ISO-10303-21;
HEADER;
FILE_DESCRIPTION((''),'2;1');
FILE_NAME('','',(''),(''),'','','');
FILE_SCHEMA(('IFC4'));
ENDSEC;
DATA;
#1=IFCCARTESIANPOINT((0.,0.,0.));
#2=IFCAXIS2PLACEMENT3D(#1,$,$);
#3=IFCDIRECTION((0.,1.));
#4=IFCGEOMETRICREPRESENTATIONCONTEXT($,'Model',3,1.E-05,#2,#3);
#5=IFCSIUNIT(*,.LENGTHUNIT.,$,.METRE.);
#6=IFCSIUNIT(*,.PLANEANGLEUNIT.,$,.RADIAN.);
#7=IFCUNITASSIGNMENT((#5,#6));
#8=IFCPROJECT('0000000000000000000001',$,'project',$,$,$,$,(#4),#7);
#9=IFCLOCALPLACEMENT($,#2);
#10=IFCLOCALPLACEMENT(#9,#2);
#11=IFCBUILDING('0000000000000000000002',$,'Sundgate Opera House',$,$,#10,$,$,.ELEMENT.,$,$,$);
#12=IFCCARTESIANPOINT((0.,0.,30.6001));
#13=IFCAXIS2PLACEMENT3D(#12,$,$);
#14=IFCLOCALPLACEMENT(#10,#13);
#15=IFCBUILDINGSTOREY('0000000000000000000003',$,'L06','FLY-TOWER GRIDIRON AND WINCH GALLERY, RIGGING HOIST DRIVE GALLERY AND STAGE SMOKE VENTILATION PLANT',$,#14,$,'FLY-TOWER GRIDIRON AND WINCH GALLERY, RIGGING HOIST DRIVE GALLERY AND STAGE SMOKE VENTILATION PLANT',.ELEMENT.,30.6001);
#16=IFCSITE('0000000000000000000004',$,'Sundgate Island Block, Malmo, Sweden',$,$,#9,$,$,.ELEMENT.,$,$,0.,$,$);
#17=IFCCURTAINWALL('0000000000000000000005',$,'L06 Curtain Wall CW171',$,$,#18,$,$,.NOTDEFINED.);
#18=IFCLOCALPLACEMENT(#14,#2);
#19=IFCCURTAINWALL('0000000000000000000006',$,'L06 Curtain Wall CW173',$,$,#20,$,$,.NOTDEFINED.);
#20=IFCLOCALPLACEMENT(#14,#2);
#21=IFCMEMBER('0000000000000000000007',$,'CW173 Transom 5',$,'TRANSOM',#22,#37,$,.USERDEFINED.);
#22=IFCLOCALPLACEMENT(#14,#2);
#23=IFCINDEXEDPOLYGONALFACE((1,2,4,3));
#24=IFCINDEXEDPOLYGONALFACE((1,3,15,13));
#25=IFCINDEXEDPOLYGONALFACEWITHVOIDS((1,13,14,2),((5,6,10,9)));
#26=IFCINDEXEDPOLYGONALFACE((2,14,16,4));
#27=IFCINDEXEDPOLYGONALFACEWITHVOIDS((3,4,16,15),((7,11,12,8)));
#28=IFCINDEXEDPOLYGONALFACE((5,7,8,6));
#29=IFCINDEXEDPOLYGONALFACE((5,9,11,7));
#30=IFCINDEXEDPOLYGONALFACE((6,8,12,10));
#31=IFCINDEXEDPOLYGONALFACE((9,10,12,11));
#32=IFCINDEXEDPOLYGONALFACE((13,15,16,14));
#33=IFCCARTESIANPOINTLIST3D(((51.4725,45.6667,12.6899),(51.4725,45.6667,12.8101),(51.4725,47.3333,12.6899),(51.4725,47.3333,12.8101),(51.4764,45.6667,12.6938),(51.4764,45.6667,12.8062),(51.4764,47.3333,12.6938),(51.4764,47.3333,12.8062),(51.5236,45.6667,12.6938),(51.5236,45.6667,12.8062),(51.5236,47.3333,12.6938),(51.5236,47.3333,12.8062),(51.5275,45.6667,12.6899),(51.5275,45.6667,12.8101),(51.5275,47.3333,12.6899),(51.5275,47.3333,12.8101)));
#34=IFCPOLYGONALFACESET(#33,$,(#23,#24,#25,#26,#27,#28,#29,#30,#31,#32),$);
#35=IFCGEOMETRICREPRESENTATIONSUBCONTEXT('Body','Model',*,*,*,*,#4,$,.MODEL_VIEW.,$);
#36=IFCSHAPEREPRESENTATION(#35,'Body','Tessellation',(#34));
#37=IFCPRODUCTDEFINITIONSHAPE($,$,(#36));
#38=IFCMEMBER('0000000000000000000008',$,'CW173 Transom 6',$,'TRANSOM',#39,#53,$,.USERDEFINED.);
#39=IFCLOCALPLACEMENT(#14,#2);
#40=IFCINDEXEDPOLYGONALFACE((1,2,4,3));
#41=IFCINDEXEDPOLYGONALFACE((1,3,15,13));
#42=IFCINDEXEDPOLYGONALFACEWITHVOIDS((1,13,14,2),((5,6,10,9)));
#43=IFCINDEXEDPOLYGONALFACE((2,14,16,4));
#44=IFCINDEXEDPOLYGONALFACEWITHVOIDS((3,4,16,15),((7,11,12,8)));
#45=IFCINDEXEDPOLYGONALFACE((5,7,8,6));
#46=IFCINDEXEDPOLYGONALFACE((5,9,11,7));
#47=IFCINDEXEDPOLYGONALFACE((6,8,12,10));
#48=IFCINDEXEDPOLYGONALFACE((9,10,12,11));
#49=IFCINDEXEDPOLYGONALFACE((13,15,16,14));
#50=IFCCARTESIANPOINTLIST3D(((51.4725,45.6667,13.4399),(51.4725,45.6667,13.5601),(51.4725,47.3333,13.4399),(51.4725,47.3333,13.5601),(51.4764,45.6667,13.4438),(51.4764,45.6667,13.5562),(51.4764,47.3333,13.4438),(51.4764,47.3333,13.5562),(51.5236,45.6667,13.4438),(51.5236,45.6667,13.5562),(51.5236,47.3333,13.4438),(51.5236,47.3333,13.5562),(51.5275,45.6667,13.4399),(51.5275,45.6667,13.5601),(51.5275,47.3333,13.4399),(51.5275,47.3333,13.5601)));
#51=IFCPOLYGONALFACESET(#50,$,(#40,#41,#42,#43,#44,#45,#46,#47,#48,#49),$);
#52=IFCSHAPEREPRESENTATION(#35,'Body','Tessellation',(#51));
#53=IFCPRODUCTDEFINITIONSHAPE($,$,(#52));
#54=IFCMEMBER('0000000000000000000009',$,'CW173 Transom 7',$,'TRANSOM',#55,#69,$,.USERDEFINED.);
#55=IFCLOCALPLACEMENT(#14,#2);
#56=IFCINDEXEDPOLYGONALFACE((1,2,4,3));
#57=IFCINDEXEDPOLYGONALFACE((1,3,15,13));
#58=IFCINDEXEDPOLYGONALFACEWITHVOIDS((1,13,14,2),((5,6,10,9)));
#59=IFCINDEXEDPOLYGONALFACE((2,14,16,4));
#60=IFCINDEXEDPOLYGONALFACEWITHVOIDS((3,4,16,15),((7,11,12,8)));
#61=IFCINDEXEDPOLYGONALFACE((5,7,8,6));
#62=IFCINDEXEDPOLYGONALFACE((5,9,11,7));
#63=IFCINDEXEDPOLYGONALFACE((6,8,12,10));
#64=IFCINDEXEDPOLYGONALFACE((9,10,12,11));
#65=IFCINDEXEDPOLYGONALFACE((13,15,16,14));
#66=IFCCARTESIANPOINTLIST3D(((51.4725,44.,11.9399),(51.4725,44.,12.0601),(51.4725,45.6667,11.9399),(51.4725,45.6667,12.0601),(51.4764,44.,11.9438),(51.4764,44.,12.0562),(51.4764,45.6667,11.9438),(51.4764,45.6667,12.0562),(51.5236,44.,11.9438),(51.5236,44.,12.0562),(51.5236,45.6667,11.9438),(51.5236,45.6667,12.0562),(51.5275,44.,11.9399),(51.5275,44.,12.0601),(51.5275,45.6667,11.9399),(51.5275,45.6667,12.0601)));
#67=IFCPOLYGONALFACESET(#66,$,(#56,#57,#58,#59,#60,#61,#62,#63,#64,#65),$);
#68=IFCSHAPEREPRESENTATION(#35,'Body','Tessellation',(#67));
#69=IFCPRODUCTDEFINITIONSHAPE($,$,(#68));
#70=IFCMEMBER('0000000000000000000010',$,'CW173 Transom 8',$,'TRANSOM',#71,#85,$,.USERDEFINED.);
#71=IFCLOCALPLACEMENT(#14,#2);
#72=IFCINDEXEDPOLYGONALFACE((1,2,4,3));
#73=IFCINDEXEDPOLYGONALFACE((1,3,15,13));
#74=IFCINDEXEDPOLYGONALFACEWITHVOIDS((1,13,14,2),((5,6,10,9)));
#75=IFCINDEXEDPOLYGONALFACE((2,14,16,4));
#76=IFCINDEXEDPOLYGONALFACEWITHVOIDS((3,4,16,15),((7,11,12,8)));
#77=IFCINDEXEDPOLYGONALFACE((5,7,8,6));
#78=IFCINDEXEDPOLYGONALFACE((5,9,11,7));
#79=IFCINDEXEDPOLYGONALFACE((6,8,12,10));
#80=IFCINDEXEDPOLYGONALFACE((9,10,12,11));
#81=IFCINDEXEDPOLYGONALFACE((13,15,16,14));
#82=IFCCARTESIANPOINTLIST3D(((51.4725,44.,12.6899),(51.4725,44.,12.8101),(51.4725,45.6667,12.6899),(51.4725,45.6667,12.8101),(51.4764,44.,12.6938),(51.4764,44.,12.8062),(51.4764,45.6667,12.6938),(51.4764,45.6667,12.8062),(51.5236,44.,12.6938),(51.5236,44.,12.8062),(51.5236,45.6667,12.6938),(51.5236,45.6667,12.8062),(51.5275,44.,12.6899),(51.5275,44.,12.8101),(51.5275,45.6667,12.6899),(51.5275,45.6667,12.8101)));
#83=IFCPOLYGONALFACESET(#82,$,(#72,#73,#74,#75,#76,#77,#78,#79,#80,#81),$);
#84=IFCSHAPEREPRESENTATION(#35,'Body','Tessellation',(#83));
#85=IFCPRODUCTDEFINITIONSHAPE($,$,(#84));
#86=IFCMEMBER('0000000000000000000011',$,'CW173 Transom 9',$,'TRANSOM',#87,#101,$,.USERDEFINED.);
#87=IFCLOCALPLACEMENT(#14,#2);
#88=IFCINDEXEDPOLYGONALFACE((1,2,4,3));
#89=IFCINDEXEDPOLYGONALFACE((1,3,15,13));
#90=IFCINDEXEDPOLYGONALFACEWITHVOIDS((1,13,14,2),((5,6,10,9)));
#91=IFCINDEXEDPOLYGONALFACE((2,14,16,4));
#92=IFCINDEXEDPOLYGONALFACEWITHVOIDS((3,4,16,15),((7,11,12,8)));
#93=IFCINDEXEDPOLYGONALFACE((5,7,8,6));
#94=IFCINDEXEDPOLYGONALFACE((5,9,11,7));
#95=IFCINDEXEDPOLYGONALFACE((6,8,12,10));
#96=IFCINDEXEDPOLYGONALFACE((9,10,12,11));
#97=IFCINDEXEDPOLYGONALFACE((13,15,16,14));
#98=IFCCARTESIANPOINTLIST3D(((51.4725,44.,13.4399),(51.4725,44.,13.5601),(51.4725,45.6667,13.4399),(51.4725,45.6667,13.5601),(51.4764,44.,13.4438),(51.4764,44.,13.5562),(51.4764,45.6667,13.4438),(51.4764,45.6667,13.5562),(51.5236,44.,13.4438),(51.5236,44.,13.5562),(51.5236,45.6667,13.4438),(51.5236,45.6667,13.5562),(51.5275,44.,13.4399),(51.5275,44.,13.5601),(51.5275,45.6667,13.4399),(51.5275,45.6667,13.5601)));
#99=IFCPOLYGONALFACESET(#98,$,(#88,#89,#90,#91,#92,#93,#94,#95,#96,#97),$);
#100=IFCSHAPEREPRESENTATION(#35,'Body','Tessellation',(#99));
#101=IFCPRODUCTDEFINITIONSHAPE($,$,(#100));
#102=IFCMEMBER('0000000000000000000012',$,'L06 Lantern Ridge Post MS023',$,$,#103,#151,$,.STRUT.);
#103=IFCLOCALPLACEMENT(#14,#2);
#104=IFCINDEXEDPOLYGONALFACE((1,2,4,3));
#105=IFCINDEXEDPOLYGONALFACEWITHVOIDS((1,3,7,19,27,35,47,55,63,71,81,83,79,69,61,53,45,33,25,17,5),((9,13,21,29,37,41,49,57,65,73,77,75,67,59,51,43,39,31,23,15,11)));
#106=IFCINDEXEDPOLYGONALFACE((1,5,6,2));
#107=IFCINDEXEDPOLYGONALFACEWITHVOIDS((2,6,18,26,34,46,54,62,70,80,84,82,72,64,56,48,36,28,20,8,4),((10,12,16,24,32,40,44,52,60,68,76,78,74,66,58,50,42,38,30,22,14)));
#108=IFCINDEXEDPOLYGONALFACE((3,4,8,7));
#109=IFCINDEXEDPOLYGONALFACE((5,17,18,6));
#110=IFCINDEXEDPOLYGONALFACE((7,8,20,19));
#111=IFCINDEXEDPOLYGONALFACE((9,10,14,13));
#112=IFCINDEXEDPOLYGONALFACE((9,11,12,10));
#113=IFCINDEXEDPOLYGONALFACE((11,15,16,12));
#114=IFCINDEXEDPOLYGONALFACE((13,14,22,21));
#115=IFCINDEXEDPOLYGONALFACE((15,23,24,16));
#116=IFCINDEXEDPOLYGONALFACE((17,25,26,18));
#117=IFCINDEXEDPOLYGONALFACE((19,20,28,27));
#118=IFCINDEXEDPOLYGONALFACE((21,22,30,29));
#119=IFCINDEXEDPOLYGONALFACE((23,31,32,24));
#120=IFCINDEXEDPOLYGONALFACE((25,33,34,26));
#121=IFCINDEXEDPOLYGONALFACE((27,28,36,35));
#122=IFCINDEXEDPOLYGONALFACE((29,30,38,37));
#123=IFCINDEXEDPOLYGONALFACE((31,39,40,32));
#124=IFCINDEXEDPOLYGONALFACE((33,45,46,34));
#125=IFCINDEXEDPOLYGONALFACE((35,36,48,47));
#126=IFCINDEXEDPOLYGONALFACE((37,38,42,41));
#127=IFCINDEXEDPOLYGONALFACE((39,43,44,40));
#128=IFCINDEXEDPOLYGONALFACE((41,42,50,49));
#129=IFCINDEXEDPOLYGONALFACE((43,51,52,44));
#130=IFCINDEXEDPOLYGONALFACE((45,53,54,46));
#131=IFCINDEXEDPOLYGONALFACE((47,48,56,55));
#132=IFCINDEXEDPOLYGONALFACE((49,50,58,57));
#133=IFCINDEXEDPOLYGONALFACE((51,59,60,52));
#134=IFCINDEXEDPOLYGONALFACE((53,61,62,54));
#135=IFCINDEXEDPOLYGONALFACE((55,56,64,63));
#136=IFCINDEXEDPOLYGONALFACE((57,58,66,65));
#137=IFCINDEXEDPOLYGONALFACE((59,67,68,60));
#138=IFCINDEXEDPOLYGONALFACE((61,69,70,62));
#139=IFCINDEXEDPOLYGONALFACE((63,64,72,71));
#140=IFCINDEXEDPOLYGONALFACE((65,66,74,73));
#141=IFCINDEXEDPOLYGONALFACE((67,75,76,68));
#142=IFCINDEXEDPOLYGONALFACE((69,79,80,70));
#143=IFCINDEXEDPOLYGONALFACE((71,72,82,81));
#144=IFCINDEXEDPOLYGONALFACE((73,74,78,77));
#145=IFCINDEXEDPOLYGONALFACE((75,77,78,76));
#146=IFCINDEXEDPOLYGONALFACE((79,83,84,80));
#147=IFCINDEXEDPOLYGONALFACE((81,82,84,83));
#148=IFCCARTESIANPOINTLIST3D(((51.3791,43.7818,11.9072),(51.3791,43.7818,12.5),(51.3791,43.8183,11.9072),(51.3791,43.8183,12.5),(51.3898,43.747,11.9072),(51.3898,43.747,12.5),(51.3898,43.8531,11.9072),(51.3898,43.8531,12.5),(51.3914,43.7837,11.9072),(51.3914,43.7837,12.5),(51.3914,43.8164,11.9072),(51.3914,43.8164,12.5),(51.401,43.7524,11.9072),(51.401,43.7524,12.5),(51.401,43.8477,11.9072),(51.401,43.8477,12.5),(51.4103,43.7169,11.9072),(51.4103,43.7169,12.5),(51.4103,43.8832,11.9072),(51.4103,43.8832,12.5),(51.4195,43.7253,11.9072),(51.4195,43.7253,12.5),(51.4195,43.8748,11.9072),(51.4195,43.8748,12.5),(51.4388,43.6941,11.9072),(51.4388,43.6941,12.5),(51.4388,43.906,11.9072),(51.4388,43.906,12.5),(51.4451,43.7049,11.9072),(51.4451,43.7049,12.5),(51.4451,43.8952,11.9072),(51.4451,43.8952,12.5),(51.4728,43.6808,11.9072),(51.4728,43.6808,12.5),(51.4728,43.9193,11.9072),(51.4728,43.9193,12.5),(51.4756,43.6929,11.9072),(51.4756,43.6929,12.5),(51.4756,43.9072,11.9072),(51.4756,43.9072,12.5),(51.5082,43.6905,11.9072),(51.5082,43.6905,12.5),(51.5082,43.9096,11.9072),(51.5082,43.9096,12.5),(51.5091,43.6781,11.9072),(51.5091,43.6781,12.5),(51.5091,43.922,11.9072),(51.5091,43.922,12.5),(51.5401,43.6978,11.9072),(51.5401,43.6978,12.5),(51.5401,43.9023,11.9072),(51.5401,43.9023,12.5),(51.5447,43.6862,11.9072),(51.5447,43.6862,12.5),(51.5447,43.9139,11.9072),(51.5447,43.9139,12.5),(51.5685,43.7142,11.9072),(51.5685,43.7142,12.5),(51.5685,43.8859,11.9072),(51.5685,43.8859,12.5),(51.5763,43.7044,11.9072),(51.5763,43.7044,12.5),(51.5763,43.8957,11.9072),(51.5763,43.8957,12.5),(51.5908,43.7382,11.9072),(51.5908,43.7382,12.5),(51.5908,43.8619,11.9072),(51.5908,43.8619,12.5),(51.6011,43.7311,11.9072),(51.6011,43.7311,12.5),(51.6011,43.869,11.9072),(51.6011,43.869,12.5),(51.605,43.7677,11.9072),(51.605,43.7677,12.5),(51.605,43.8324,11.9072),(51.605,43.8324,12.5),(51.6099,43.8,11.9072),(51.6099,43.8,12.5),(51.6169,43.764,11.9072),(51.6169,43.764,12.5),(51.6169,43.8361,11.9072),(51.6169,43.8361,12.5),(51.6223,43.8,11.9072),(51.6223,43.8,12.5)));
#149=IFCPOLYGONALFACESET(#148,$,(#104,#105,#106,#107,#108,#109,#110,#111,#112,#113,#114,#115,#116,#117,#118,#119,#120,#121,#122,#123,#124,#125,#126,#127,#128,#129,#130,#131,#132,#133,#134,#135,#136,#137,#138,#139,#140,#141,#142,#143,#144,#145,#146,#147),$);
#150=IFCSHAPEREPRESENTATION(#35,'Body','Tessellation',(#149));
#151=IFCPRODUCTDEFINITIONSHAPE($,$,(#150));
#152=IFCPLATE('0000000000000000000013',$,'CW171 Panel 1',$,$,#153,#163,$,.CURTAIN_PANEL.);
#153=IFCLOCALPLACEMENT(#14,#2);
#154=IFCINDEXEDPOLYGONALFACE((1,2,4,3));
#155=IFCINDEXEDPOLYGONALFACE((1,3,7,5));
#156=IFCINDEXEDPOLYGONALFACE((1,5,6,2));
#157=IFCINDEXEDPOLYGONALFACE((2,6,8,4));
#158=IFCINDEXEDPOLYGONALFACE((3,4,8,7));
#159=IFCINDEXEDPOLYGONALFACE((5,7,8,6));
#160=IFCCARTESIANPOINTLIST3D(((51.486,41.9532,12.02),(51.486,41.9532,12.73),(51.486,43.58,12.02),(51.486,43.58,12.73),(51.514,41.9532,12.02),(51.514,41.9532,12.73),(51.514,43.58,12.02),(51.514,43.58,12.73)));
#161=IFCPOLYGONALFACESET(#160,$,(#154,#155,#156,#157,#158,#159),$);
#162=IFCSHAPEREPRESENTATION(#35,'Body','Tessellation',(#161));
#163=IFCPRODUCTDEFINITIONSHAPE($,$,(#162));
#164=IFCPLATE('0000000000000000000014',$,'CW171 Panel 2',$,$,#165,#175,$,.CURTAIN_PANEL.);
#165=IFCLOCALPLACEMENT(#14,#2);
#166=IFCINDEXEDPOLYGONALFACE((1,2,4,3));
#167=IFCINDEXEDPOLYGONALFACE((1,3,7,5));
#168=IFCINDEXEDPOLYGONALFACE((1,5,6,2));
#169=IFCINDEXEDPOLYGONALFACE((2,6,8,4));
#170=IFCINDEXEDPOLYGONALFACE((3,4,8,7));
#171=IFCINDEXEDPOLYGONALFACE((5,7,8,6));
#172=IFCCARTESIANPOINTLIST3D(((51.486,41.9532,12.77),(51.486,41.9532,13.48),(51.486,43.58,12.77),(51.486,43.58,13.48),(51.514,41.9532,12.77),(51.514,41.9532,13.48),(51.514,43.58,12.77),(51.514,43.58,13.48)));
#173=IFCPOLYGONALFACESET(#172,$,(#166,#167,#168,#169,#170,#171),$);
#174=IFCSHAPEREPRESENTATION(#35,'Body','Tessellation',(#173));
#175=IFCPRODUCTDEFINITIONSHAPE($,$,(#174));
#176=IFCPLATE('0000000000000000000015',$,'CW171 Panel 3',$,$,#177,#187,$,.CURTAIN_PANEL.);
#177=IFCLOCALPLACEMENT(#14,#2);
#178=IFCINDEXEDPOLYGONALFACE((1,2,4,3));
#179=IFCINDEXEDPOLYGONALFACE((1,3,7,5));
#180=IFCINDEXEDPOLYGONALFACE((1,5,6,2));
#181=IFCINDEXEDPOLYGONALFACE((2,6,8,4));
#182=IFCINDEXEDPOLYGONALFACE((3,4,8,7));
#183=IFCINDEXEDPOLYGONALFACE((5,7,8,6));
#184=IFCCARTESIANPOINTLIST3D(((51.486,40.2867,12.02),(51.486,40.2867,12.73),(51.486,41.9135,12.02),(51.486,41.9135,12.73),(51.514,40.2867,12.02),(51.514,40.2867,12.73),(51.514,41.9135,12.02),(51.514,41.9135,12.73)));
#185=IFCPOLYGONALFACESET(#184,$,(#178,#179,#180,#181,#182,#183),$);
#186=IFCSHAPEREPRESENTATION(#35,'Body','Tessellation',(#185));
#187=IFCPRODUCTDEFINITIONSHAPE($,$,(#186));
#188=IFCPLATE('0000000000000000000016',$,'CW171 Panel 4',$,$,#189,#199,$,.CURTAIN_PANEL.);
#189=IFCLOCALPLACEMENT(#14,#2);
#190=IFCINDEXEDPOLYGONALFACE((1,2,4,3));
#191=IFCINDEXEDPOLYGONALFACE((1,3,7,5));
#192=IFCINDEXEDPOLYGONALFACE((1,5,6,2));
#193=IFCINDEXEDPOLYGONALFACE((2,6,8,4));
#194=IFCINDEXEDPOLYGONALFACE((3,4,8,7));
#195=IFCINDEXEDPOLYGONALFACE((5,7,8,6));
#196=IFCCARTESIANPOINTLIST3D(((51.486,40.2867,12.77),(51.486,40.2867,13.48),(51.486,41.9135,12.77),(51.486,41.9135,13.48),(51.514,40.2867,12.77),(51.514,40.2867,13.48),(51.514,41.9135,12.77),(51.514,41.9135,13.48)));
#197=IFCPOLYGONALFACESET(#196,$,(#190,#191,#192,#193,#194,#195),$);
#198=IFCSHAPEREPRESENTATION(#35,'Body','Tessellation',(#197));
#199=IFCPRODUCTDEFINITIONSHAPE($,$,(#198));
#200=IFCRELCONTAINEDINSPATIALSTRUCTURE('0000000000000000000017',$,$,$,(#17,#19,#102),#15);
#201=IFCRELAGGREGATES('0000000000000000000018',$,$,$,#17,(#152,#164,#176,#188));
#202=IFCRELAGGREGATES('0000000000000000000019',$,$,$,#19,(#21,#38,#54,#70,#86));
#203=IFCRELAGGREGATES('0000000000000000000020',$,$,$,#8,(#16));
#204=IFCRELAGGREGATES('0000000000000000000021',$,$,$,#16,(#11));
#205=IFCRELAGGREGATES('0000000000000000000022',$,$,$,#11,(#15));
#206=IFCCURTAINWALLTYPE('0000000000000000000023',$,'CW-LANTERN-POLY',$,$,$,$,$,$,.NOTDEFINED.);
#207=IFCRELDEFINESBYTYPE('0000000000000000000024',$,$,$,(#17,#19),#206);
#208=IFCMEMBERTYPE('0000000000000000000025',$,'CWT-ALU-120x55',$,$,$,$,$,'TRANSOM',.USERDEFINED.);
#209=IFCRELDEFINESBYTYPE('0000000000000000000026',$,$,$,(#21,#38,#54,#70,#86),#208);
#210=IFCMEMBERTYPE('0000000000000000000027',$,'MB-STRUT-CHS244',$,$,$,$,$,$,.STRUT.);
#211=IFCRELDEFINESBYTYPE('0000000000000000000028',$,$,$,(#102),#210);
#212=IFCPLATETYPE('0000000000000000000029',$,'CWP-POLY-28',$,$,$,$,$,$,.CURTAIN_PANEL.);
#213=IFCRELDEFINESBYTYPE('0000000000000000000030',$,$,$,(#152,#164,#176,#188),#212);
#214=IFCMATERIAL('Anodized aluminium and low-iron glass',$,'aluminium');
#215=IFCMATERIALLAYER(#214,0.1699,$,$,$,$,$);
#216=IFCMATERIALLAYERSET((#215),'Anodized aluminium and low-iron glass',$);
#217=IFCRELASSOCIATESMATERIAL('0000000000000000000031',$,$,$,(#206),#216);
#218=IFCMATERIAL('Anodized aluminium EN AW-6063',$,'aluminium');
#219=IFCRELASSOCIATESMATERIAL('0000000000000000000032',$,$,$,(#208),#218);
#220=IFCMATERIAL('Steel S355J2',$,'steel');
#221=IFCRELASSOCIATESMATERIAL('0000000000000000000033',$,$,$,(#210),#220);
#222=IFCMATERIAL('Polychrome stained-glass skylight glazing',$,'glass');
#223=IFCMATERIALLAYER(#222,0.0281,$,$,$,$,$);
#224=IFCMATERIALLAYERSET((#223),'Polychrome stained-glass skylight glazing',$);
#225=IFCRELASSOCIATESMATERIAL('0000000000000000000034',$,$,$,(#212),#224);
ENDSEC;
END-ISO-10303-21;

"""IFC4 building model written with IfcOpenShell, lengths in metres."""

from ifc_helpers import new_model, si_unit, direction, frame, origin, origin_2d, place, context, subcontext, project, spatial, rectangle, hollow_rectangle, hollow_circle, extrude, material, layer, layer_set, material_profile, profile_set, type_object, element, aggregate, save


model = new_model("IFC4")

# Units and contexts
model_context = context("Model", 3, precision=1e-05, world=origin(), true_north=direction((0.0, 1.0)))
body_context = subcontext(model_context, "Body", "Model", "MODEL_VIEW")
ifc_project = project(units=[si_unit("LENGTHUNIT", "METRE"), si_unit("PLANEANGLEUNIT", "RADIAN")], contexts=[model_context])

# Site, building, storey
site_placement = place(None, origin())
site = spatial("IfcSite", under=ifc_project, at=site_placement, Name="Sundgate Island Block, Malmo, Sweden", CompositionType="ELEMENT", RefElevation=0.0)
building_placement = place(site_placement, origin())
building = spatial("IfcBuilding", under=site, at=building_placement, Name="Sundgate Opera House", CompositionType="ELEMENT")
storey_placement = place(building_placement, frame((0.0, 0.0, 30.6001)))
storey = spatial("IfcBuildingStorey", under=building, at=storey_placement, Name="L06", Description="FLY-TOWER GRIDIRON AND WINCH GALLERY, RIGGING HOIST DRIVE GALLERY AND STAGE SMOKE VENTILATION PLANT", LongName="FLY-TOWER GRIDIRON AND WINCH GALLERY, RIGGING HOIST DRIVE GALLERY AND STAGE SMOKE VENTILATION PLANT", CompositionType="ELEMENT", Elevation=30.6001)

# Curtain walls
ifc_material_1 = material(Name="Anodized aluminium and low-iron glass", Category="aluminium")
ifc_layer_1 = layer(ifc_material_1, 0.1699)
ifc_layer_set_1 = layer_set([ifc_layer_1], Name="Anodized aluminium and low-iron glass")
curtain_wall_type = type_object("IfcCurtainWallType", Name="CW-LANTERN-POLY", PredefinedType="NOTDEFINED", material=ifc_layer_set_1)
curtain_wall_1_placement = place(storey_placement, origin())
curtain_wall_1 = element("IfcCurtainWall", 1, at=curtain_wall_1_placement, inside=storey, type_object=curtain_wall_type, Name="L06 Curtain Wall CW171", PredefinedType="NOTDEFINED")
curtain_wall_2_placement = place(storey_placement, origin())
curtain_wall_2 = element("IfcCurtainWall", 2, at=curtain_wall_2_placement, inside=storey, type_object=curtain_wall_type, Name="L06 Curtain Wall CW173", PredefinedType="NOTDEFINED")

# Members
ifc_material_2 = material(Name="Anodized aluminium EN AW-6063", Category="aluminium")
ifc_material_profile_1 = material_profile(ifc_material_2, hollow_rectangle(XDim=0.0549, YDim=0.1201, WallThickness=0.0039, at=origin_2d()), Name="CWT 120x55x4")
ifc_profile_set_1 = profile_set([ifc_material_profile_1], Name="Anodized aluminium EN AW-6063")
member_type_1 = type_object("IfcMemberType", Name="CWT-ALU-120x55", ElementType="TRANSOM", PredefinedType="USERDEFINED", material=ifc_profile_set_1)
member_1_placement = place(storey_placement, frame((51.5, 47.3333, 12.75), z_axis=(0.0, -1.0, 0.0), x_axis=(1.0, 0.0, 0.0)))
member_1 = element("IfcMember", 3, at=member_1_placement, type_object=member_type_1, Name="CW173 Transom 5", ObjectType="TRANSOM", PredefinedType="USERDEFINED", context=body_context, shape_type="SweptSolid", body=[
    extrude(hollow_rectangle(XDim=0.0549, YDim=0.1201, WallThickness=0.0039, at=origin_2d()), origin(), (0.0, 0.0, 1.0), 1.6665),
])
member_2_placement = place(storey_placement, frame((51.5, 47.3333, 13.5), z_axis=(0.0, -1.0, 0.0), x_axis=(1.0, 0.0, 0.0)))
member_2 = element("IfcMember", 4, at=member_2_placement, type_object=member_type_1, Name="CW173 Transom 6", ObjectType="TRANSOM", PredefinedType="USERDEFINED", context=body_context, shape_type="SweptSolid", body=[
    extrude(hollow_rectangle(XDim=0.0549, YDim=0.1201, WallThickness=0.0039, at=origin_2d()), origin(), (0.0, 0.0, 1.0), 1.6665),
])
member_3_placement = place(storey_placement, frame((51.5, 45.6667, 12.0), z_axis=(0.0, -1.0, 0.0), x_axis=(1.0, 0.0, 0.0)))
member_3 = element("IfcMember", 5, at=member_3_placement, type_object=member_type_1, Name="CW173 Transom 7", ObjectType="TRANSOM", PredefinedType="USERDEFINED", context=body_context, shape_type="SweptSolid", body=[
    extrude(hollow_rectangle(XDim=0.0549, YDim=0.1201, WallThickness=0.0039, at=origin_2d()), origin(), (0.0, 0.0, 1.0), 1.6667),
])
member_4_placement = place(storey_placement, frame((51.5, 45.6667, 12.75), z_axis=(0.0, -1.0, 0.0), x_axis=(1.0, 0.0, 0.0)))
member_4 = element("IfcMember", 6, at=member_4_placement, type_object=member_type_1, Name="CW173 Transom 8", ObjectType="TRANSOM", PredefinedType="USERDEFINED", context=body_context, shape_type="SweptSolid", body=[
    extrude(hollow_rectangle(XDim=0.0549, YDim=0.1201, WallThickness=0.0039, at=origin_2d()), origin(), (0.0, 0.0, 1.0), 1.6667),
])
member_5_placement = place(storey_placement, frame((51.5, 45.6667, 13.5), z_axis=(0.0, -1.0, 0.0), x_axis=(1.0, 0.0, 0.0)))
member_5 = element("IfcMember", 7, at=member_5_placement, type_object=member_type_1, Name="CW173 Transom 9", ObjectType="TRANSOM", PredefinedType="USERDEFINED", context=body_context, shape_type="SweptSolid", body=[
    extrude(hollow_rectangle(XDim=0.0549, YDim=0.1201, WallThickness=0.0039, at=origin_2d()), origin(), (0.0, 0.0, 1.0), 1.6667),
])
ifc_material_3 = material(Name="Steel S355J2", Category="steel")
ifc_material_profile_2 = material_profile(ifc_material_3, hollow_circle(Radius=0.1223, WallThickness=0.0125, at=origin_2d()), Name="CHS 244.5x12.5")
ifc_profile_set_2 = profile_set([ifc_material_profile_2], Name="Steel S355J2")
member_type_2 = type_object("IfcMemberType", Name="MB-STRUT-CHS244", PredefinedType="STRUT", material=ifc_profile_set_2)
member_6_placement = place(storey_placement, frame((51.5, 43.8, 11.9072), z_axis=(0.0, 0.0, 1.0), x_axis=(1.0, 0.0, 0.0)))
element("IfcMember", 8, at=member_6_placement, inside=storey, type_object=member_type_2, Name="L06 Lantern Ridge Post MS023", PredefinedType="STRUT", context=body_context, shape_type="SweptSolid", body=[
    extrude(hollow_circle(Radius=0.1223, WallThickness=0.0125, at=origin_2d()), origin(), (0.0, 0.0, 1.0), 0.5928),
])

# Plates
ifc_material_4 = material(Name="Polychrome stained-glass skylight glazing", Category="glass")
ifc_layer_2 = layer(ifc_material_4, 0.0281)
ifc_layer_set_2 = layer_set([ifc_layer_2], Name="Polychrome stained-glass skylight glazing")
plate_type_1 = type_object("IfcPlateType", Name="CWP-POLY-28", PredefinedType="CURTAIN_PANEL", material=ifc_layer_set_2)
plate_1_placement = place(storey_placement, frame((51.5, 42.7666, 12.02), z_axis=(0.0, 0.0, 1.0), x_axis=(0.0, -1.0, 0.0)))
plate_1 = element("IfcPlate", 9, at=plate_1_placement, type_object=plate_type_1, Name="CW171 Panel 1", PredefinedType="CURTAIN_PANEL", context=body_context, shape_type="SweptSolid", body=[
    extrude(rectangle(XDim=1.6267, YDim=0.0281, at=origin_2d()), origin(), (0.0, 0.0, 1.0), 0.71),
])
plate_2_placement = place(storey_placement, frame((51.5, 42.7666, 12.77), z_axis=(0.0, 0.0, 1.0), x_axis=(0.0, -1.0, 0.0)))
plate_2 = element("IfcPlate", 10, at=plate_2_placement, type_object=plate_type_1, Name="CW171 Panel 2", PredefinedType="CURTAIN_PANEL", context=body_context, shape_type="SweptSolid", body=[
    extrude(rectangle(XDim=1.6267, YDim=0.0281, at=origin_2d()), origin(), (0.0, 0.0, 1.0), 0.71),
])
plate_3_placement = place(storey_placement, frame((51.5, 41.1001, 12.02), z_axis=(0.0, 0.0, 1.0), x_axis=(0.0, -1.0, 0.0)))
plate_3 = element("IfcPlate", 11, at=plate_3_placement, type_object=plate_type_1, Name="CW171 Panel 3", PredefinedType="CURTAIN_PANEL", context=body_context, shape_type="SweptSolid", body=[
    extrude(rectangle(XDim=1.6267, YDim=0.0281, at=origin_2d()), origin(), (0.0, 0.0, 1.0), 0.71),
])
plate_4_placement = place(storey_placement, frame((51.5, 41.1001, 12.77), z_axis=(0.0, 0.0, 1.0), x_axis=(0.0, -1.0, 0.0)))
plate_4 = element("IfcPlate", 12, at=plate_4_placement, type_object=plate_type_1, Name="CW171 Panel 4", PredefinedType="CURTAIN_PANEL", context=body_context, shape_type="SweptSolid", body=[
    extrude(rectangle(XDim=1.6267, YDim=0.0281, at=origin_2d()), origin(), (0.0, 0.0, 1.0), 0.71),
])
aggregate(curtain_wall_1, [plate_1, plate_2, plate_3, plate_4])
aggregate(curtain_wall_2, [member_1, member_2, member_3, member_4, member_5])

save(model, "model.ifc")
